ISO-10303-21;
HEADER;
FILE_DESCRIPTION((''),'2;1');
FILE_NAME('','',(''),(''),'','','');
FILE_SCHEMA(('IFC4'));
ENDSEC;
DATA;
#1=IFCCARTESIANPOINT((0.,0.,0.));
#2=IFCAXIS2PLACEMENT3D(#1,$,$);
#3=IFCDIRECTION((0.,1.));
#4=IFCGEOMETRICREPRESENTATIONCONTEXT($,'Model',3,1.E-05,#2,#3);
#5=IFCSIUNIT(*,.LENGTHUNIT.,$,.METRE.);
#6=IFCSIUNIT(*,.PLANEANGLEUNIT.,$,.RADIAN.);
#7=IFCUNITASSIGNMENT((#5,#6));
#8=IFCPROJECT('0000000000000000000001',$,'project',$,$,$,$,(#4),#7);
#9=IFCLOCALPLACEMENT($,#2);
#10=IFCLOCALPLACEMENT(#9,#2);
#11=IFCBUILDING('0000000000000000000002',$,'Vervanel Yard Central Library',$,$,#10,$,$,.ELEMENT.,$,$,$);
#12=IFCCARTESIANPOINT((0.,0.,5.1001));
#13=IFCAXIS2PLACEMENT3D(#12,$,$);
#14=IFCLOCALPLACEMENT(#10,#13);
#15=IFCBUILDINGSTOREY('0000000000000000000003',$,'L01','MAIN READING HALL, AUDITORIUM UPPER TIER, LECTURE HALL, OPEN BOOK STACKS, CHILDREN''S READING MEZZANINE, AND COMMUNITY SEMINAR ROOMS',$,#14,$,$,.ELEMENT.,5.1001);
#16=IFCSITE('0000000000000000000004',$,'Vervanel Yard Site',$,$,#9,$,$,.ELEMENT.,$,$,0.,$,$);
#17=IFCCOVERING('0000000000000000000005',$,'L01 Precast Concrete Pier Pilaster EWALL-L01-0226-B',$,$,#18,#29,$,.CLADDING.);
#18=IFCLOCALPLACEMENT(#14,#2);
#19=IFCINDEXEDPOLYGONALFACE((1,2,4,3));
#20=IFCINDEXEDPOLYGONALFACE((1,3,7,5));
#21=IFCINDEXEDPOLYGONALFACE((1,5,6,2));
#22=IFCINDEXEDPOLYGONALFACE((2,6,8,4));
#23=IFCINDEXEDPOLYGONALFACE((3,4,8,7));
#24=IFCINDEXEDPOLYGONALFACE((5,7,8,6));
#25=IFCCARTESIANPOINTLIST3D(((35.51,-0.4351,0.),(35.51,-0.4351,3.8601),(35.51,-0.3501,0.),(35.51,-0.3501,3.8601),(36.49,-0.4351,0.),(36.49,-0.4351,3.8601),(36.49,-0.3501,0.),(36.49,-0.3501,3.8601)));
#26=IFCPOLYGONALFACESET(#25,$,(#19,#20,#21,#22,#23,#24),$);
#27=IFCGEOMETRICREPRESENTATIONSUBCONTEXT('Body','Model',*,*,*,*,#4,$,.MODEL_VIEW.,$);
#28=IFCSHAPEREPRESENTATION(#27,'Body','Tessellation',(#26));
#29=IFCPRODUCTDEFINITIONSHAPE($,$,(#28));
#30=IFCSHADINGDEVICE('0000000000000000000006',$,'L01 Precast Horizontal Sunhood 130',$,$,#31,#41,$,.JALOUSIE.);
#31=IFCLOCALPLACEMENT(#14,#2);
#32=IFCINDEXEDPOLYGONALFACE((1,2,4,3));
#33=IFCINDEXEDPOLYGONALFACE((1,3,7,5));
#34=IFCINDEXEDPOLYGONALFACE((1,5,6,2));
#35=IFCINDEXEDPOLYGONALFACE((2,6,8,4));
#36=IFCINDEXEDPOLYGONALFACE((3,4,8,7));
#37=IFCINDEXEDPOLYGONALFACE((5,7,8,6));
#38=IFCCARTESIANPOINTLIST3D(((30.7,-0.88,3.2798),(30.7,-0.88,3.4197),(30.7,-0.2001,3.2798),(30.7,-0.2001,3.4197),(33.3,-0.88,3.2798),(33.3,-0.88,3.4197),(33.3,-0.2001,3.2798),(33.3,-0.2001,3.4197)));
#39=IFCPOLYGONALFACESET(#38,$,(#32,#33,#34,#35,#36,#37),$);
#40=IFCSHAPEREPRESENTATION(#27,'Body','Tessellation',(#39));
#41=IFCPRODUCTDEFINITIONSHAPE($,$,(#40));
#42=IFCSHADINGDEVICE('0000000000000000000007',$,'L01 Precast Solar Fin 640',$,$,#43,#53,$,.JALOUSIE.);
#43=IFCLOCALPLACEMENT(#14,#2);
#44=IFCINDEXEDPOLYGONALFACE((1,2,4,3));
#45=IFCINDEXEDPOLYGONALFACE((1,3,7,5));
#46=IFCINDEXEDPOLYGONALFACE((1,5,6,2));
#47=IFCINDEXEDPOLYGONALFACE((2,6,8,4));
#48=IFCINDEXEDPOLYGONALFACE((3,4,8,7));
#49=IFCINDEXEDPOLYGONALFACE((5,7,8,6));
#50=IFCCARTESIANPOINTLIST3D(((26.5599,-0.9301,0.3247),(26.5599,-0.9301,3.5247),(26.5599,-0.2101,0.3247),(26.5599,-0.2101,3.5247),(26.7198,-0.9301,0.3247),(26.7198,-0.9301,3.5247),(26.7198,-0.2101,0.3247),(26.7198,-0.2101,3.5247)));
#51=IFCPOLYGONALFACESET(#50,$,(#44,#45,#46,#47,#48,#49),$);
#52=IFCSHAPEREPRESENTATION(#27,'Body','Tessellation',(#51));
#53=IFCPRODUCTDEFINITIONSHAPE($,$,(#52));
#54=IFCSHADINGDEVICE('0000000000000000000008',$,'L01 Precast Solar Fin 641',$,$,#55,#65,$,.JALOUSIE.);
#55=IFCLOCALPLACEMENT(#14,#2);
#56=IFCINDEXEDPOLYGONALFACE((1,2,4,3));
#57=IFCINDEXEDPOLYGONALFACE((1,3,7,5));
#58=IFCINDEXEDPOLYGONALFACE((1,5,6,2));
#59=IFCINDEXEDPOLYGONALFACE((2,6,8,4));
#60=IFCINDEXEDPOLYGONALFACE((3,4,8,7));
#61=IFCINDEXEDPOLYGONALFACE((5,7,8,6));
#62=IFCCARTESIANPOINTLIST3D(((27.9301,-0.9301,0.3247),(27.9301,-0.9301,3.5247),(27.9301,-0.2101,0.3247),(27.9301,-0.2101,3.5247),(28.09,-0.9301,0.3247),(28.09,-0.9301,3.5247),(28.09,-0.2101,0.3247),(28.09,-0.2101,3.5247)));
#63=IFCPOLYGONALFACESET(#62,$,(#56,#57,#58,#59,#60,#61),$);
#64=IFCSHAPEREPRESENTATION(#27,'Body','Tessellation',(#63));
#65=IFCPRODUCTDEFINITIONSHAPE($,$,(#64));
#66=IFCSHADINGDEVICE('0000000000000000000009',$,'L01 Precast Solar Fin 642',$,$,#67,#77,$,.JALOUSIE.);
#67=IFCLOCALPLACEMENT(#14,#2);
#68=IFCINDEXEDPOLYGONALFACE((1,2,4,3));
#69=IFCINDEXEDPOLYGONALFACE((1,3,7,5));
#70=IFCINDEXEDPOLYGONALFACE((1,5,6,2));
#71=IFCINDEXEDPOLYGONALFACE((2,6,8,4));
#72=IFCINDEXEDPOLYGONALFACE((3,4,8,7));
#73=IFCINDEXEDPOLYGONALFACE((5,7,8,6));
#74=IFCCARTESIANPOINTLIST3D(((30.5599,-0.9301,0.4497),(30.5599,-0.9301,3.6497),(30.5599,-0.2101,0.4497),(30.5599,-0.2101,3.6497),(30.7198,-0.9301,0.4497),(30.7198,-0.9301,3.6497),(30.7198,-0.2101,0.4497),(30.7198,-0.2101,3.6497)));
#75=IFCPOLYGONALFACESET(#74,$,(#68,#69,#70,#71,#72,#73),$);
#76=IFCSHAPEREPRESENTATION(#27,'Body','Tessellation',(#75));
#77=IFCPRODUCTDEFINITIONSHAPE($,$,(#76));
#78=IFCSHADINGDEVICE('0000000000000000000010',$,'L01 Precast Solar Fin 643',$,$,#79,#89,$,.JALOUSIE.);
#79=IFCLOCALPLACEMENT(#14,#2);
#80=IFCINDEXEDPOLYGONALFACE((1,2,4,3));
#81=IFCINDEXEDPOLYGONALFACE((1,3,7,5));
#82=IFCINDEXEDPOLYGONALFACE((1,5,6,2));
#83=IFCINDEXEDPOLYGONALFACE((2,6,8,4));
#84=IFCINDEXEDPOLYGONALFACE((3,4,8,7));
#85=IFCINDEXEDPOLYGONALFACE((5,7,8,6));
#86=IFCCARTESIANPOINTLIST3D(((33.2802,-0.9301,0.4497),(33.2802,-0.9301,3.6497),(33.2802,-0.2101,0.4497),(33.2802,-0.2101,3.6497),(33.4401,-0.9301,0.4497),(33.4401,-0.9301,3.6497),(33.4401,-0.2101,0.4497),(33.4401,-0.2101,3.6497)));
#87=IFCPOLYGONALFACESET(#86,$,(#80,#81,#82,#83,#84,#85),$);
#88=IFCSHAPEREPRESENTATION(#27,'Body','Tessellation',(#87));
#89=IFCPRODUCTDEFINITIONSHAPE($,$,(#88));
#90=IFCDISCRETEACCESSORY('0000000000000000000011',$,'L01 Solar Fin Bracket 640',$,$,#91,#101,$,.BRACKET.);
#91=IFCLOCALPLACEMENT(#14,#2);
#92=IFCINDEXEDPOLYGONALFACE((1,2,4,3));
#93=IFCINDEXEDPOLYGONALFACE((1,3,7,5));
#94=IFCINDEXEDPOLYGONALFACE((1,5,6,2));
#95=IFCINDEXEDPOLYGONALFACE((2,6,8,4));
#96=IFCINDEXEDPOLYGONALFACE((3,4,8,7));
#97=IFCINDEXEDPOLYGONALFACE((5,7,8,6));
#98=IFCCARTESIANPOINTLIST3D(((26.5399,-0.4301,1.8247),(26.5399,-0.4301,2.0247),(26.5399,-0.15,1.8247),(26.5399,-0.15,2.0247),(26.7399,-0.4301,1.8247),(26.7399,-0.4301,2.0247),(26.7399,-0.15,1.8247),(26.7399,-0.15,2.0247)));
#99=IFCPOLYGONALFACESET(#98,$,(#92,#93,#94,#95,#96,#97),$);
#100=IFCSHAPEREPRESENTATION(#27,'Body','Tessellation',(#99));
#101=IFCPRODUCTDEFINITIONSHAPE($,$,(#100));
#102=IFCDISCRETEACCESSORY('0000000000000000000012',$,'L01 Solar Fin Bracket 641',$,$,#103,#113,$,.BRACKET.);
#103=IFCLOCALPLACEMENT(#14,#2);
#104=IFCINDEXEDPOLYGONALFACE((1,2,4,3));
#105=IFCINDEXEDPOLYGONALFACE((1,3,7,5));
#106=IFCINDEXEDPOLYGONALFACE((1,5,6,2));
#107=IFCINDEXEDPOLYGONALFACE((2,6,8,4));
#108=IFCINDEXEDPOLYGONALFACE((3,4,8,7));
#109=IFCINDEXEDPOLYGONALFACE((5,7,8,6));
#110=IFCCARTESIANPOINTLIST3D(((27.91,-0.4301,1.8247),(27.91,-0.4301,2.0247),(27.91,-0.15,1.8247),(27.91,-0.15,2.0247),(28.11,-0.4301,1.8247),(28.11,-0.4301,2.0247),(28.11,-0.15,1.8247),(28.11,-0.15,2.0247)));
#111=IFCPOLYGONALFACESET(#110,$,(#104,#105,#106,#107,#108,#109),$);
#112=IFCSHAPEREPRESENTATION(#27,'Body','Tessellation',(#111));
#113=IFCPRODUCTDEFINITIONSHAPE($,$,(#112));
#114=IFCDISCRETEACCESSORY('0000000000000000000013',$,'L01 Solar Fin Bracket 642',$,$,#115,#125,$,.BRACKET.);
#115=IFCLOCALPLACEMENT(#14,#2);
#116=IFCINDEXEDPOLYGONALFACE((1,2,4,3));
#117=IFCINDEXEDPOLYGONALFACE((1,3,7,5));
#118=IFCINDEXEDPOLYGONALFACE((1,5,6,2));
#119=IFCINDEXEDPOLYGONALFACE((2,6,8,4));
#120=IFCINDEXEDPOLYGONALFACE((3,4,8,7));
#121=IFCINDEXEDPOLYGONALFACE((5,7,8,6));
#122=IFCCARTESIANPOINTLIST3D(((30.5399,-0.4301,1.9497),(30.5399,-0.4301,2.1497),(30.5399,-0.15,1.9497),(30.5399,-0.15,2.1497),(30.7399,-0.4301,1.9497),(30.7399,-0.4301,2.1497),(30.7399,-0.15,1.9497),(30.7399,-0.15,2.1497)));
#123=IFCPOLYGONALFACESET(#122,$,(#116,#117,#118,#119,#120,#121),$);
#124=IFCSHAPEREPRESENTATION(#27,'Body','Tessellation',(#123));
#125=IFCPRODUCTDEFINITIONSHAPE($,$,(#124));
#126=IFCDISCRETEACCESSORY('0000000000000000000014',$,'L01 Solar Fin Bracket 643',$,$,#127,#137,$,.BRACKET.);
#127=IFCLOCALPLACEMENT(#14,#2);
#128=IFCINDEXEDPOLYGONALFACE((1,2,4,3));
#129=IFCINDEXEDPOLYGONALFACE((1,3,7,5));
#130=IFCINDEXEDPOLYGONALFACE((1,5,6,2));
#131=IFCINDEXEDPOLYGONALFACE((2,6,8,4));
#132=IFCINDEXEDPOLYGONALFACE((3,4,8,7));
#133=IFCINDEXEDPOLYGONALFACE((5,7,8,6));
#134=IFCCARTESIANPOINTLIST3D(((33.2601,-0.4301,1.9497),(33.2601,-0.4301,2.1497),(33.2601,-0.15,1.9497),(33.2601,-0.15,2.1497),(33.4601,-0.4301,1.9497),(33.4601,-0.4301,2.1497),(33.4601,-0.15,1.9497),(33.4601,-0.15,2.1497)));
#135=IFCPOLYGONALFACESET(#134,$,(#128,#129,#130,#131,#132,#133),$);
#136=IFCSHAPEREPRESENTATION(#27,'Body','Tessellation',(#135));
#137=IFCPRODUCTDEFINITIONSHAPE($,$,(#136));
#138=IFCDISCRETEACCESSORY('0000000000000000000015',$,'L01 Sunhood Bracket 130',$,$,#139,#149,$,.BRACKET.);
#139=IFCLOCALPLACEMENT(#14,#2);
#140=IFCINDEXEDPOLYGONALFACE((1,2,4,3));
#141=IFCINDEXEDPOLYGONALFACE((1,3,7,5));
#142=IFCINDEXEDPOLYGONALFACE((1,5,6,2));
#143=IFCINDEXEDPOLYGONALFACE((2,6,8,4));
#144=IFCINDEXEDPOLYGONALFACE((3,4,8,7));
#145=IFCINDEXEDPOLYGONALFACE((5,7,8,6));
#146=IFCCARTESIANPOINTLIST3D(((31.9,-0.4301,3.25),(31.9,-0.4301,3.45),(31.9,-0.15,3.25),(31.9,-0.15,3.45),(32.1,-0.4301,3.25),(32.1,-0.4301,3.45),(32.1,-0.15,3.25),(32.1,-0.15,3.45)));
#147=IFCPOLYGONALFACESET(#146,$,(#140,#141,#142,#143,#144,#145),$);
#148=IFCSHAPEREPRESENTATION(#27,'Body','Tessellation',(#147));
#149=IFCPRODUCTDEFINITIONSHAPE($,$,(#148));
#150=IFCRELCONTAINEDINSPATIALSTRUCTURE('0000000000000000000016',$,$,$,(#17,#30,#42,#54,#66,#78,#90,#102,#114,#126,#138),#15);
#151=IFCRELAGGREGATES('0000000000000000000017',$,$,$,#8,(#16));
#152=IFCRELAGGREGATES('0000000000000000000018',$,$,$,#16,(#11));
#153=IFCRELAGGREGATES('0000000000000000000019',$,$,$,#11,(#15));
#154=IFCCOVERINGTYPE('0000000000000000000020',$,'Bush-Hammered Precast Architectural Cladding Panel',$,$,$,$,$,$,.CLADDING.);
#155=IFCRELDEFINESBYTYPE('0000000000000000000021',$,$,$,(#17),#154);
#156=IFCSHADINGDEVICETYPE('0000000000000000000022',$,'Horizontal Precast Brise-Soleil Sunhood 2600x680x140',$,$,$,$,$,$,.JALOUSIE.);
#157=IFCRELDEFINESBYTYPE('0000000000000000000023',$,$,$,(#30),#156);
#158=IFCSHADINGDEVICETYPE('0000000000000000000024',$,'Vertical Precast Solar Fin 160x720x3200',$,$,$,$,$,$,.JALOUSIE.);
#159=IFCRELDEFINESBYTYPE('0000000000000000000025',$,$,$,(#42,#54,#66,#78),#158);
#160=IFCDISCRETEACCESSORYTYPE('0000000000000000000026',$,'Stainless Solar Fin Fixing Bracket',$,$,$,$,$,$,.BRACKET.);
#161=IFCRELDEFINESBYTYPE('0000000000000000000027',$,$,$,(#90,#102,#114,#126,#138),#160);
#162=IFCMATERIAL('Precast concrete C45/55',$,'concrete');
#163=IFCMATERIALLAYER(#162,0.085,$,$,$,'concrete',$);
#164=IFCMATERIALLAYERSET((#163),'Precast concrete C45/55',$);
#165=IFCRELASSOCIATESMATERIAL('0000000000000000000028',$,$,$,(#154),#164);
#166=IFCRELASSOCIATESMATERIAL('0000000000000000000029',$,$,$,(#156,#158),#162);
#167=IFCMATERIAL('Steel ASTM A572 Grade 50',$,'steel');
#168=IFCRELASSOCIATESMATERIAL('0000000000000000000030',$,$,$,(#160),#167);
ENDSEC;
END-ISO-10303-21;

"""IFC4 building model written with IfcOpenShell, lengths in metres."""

from ifc_helpers import new_model, si_unit, direction, frame, origin, origin_2d, place, context, subcontext, project, spatial, rectangle, extrude, material, layer, layer_set, type_object, element, save


model = new_model("IFC4")

# Units and contexts
model_context = context("Model", 3, precision=1e-05, world=origin(), true_north=direction((0.0, 1.0)))
body_context = subcontext(model_context, "Body", "Model", "MODEL_VIEW")
ifc_project = project(units=[si_unit("LENGTHUNIT", "METRE"), si_unit("PLANEANGLEUNIT", "RADIAN")], contexts=[model_context])

# Site, building, storey
site_placement = place(None, origin())
site = spatial("IfcSite", under=ifc_project, at=site_placement, Name="Vervanel Yard Site", CompositionType="ELEMENT", RefElevation=0.0)
building_placement = place(site_placement, origin())
building = spatial("IfcBuilding", under=site, at=building_placement, Name="Vervanel Yard Central Library", CompositionType="ELEMENT")
storey_placement = place(building_placement, frame((0.0, 0.0, 5.1001)))
storey = spatial("IfcBuildingStorey", under=building, at=storey_placement, Name="L01", Description="MAIN READING HALL, AUDITORIUM UPPER TIER, LECTURE HALL, OPEN BOOK STACKS, CHILDREN'S READING MEZZANINE, AND COMMUNITY SEMINAR ROOMS", CompositionType="ELEMENT", Elevation=5.1001)

# Covering
ifc_material_1 = material(Name="Precast concrete C45/55", Category="concrete")
ifc_layer_1 = layer(ifc_material_1, 0.085, Category="concrete")
ifc_layer_set_1 = layer_set([ifc_layer_1], Name="Precast concrete C45/55")
covering_type = type_object("IfcCoveringType", Name="Bush-Hammered Precast Architectural Cladding Panel", PredefinedType="CLADDING", material=ifc_layer_set_1)
covering_1_placement = place(storey_placement, frame((36.0, -0.3926, 0.0), z_axis=(0.0, 0.0, 1.0), x_axis=(1.0, 0.0, 0.0)))
element("IfcCovering", 1, at=covering_1_placement, inside=storey, type_object=covering_type, Name="L01 Precast Concrete Pier Pilaster EWALL-L01-0226-B", PredefinedType="CLADDING", context=body_context, shape_type="SweptSolid", body=[
    extrude(rectangle(XDim=0.98, YDim=0.085, at=origin_2d()), origin(), (0.0, 0.0, 1.0), 3.8601),
])

# Shading devices
shading_device_type_1 = type_object("IfcShadingDeviceType", Name="Horizontal Precast Brise-Soleil Sunhood 2600x680x140", PredefinedType="JALOUSIE", material=ifc_material_1)
shading_device_placement = place(storey_placement, frame((32.0, -0.54, 3.2798), z_axis=(0.0, 0.0, 1.0), x_axis=(1.0, 0.0, 0.0)))
element("IfcShadingDevice", 2, at=shading_device_placement, inside=storey, type_object=shading_device_type_1, Name="L01 Precast Horizontal Sunhood 130", PredefinedType="JALOUSIE", context=body_context, shape_type="SweptSolid", body=[
    extrude(rectangle(XDim=2.6001, YDim=0.6799, at=origin_2d()), origin(), (0.0, 0.0, 1.0), 0.1399),
])
shading_device_type_2 = type_object("IfcShadingDeviceType", Name="Vertical Precast Solar Fin 160x720x3200", PredefinedType="JALOUSIE", material=ifc_material_1)
for number, where, z_axis, x_axis, name in (
    (3, (26.6399, -0.5701, 0.3247), (0.0, 0.0, 1.0), (1.0, 0.0, 0.0), "L01 Precast Solar Fin 640"),
    (4, (28.01, -0.5701, 0.3247), (0.0, 0.0, 1.0), (1.0, 0.0, 0.0), "L01 Precast Solar Fin 641"),
    (5, (30.6399, -0.5701, 0.4497), (0.0, 0.0, 1.0), (1.0, 0.0, 0.0), "L01 Precast Solar Fin 642"),
    (6, (33.3601, -0.5701, 0.4497), (0.0, 0.0, 1.0), (1.0, 0.0, 0.0), "L01 Precast Solar Fin 643"),
):
    element("IfcShadingDevice", number, at=place(storey_placement, frame(where, z_axis=z_axis, x_axis=x_axis)), inside=storey, type_object=shading_device_type_2, Name=name, PredefinedType="JALOUSIE", context=body_context, shape_type="SweptSolid", body=[
        extrude(rectangle(XDim=0.1599, YDim=0.72, at=origin_2d()), origin(), (0.0, 0.0, 1.0), 3.2),
    ])

# Discrete accessories
ifc_material_2 = material(Name="Steel ASTM A572 Grade 50", Category="steel")
discrete_accessory_type = type_object("IfcDiscreteAccessoryType", Name="Stainless Solar Fin Fixing Bracket", PredefinedType="BRACKET", material=ifc_material_2)
for number, where, z_axis, x_axis, name in (
    (7, (26.6399, -0.29, 1.8247), (0.0, 0.0, 1.0), (1.0, 0.0, 0.0), "L01 Solar Fin Bracket 640"),
    (8, (28.01, -0.29, 1.8247), (0.0, 0.0, 1.0), (1.0, 0.0, 0.0), "L01 Solar Fin Bracket 641"),
    (9, (30.6399, -0.29, 1.9497), (0.0, 0.0, 1.0), (1.0, 0.0, 0.0), "L01 Solar Fin Bracket 642"),
    (10, (33.3601, -0.29, 1.9497), (0.0, 0.0, 1.0), (1.0, 0.0, 0.0), "L01 Solar Fin Bracket 643"),
    (11, (32.0, -0.29, 3.25), (0.0, 0.0, 1.0), (1.0, 0.0, 0.0), "L01 Sunhood Bracket 130"),
):
    element("IfcDiscreteAccessory", number, at=place(storey_placement, frame(where, z_axis=z_axis, x_axis=x_axis)), inside=storey, type_object=discrete_accessory_type, Name=name, PredefinedType="BRACKET", context=body_context, shape_type="SweptSolid", body=[
        extrude(rectangle(XDim=0.2, YDim=0.28, at=origin_2d()), origin(), (0.0, 0.0, 1.0), 0.2),
    ])

save(model, "model.ifc")
